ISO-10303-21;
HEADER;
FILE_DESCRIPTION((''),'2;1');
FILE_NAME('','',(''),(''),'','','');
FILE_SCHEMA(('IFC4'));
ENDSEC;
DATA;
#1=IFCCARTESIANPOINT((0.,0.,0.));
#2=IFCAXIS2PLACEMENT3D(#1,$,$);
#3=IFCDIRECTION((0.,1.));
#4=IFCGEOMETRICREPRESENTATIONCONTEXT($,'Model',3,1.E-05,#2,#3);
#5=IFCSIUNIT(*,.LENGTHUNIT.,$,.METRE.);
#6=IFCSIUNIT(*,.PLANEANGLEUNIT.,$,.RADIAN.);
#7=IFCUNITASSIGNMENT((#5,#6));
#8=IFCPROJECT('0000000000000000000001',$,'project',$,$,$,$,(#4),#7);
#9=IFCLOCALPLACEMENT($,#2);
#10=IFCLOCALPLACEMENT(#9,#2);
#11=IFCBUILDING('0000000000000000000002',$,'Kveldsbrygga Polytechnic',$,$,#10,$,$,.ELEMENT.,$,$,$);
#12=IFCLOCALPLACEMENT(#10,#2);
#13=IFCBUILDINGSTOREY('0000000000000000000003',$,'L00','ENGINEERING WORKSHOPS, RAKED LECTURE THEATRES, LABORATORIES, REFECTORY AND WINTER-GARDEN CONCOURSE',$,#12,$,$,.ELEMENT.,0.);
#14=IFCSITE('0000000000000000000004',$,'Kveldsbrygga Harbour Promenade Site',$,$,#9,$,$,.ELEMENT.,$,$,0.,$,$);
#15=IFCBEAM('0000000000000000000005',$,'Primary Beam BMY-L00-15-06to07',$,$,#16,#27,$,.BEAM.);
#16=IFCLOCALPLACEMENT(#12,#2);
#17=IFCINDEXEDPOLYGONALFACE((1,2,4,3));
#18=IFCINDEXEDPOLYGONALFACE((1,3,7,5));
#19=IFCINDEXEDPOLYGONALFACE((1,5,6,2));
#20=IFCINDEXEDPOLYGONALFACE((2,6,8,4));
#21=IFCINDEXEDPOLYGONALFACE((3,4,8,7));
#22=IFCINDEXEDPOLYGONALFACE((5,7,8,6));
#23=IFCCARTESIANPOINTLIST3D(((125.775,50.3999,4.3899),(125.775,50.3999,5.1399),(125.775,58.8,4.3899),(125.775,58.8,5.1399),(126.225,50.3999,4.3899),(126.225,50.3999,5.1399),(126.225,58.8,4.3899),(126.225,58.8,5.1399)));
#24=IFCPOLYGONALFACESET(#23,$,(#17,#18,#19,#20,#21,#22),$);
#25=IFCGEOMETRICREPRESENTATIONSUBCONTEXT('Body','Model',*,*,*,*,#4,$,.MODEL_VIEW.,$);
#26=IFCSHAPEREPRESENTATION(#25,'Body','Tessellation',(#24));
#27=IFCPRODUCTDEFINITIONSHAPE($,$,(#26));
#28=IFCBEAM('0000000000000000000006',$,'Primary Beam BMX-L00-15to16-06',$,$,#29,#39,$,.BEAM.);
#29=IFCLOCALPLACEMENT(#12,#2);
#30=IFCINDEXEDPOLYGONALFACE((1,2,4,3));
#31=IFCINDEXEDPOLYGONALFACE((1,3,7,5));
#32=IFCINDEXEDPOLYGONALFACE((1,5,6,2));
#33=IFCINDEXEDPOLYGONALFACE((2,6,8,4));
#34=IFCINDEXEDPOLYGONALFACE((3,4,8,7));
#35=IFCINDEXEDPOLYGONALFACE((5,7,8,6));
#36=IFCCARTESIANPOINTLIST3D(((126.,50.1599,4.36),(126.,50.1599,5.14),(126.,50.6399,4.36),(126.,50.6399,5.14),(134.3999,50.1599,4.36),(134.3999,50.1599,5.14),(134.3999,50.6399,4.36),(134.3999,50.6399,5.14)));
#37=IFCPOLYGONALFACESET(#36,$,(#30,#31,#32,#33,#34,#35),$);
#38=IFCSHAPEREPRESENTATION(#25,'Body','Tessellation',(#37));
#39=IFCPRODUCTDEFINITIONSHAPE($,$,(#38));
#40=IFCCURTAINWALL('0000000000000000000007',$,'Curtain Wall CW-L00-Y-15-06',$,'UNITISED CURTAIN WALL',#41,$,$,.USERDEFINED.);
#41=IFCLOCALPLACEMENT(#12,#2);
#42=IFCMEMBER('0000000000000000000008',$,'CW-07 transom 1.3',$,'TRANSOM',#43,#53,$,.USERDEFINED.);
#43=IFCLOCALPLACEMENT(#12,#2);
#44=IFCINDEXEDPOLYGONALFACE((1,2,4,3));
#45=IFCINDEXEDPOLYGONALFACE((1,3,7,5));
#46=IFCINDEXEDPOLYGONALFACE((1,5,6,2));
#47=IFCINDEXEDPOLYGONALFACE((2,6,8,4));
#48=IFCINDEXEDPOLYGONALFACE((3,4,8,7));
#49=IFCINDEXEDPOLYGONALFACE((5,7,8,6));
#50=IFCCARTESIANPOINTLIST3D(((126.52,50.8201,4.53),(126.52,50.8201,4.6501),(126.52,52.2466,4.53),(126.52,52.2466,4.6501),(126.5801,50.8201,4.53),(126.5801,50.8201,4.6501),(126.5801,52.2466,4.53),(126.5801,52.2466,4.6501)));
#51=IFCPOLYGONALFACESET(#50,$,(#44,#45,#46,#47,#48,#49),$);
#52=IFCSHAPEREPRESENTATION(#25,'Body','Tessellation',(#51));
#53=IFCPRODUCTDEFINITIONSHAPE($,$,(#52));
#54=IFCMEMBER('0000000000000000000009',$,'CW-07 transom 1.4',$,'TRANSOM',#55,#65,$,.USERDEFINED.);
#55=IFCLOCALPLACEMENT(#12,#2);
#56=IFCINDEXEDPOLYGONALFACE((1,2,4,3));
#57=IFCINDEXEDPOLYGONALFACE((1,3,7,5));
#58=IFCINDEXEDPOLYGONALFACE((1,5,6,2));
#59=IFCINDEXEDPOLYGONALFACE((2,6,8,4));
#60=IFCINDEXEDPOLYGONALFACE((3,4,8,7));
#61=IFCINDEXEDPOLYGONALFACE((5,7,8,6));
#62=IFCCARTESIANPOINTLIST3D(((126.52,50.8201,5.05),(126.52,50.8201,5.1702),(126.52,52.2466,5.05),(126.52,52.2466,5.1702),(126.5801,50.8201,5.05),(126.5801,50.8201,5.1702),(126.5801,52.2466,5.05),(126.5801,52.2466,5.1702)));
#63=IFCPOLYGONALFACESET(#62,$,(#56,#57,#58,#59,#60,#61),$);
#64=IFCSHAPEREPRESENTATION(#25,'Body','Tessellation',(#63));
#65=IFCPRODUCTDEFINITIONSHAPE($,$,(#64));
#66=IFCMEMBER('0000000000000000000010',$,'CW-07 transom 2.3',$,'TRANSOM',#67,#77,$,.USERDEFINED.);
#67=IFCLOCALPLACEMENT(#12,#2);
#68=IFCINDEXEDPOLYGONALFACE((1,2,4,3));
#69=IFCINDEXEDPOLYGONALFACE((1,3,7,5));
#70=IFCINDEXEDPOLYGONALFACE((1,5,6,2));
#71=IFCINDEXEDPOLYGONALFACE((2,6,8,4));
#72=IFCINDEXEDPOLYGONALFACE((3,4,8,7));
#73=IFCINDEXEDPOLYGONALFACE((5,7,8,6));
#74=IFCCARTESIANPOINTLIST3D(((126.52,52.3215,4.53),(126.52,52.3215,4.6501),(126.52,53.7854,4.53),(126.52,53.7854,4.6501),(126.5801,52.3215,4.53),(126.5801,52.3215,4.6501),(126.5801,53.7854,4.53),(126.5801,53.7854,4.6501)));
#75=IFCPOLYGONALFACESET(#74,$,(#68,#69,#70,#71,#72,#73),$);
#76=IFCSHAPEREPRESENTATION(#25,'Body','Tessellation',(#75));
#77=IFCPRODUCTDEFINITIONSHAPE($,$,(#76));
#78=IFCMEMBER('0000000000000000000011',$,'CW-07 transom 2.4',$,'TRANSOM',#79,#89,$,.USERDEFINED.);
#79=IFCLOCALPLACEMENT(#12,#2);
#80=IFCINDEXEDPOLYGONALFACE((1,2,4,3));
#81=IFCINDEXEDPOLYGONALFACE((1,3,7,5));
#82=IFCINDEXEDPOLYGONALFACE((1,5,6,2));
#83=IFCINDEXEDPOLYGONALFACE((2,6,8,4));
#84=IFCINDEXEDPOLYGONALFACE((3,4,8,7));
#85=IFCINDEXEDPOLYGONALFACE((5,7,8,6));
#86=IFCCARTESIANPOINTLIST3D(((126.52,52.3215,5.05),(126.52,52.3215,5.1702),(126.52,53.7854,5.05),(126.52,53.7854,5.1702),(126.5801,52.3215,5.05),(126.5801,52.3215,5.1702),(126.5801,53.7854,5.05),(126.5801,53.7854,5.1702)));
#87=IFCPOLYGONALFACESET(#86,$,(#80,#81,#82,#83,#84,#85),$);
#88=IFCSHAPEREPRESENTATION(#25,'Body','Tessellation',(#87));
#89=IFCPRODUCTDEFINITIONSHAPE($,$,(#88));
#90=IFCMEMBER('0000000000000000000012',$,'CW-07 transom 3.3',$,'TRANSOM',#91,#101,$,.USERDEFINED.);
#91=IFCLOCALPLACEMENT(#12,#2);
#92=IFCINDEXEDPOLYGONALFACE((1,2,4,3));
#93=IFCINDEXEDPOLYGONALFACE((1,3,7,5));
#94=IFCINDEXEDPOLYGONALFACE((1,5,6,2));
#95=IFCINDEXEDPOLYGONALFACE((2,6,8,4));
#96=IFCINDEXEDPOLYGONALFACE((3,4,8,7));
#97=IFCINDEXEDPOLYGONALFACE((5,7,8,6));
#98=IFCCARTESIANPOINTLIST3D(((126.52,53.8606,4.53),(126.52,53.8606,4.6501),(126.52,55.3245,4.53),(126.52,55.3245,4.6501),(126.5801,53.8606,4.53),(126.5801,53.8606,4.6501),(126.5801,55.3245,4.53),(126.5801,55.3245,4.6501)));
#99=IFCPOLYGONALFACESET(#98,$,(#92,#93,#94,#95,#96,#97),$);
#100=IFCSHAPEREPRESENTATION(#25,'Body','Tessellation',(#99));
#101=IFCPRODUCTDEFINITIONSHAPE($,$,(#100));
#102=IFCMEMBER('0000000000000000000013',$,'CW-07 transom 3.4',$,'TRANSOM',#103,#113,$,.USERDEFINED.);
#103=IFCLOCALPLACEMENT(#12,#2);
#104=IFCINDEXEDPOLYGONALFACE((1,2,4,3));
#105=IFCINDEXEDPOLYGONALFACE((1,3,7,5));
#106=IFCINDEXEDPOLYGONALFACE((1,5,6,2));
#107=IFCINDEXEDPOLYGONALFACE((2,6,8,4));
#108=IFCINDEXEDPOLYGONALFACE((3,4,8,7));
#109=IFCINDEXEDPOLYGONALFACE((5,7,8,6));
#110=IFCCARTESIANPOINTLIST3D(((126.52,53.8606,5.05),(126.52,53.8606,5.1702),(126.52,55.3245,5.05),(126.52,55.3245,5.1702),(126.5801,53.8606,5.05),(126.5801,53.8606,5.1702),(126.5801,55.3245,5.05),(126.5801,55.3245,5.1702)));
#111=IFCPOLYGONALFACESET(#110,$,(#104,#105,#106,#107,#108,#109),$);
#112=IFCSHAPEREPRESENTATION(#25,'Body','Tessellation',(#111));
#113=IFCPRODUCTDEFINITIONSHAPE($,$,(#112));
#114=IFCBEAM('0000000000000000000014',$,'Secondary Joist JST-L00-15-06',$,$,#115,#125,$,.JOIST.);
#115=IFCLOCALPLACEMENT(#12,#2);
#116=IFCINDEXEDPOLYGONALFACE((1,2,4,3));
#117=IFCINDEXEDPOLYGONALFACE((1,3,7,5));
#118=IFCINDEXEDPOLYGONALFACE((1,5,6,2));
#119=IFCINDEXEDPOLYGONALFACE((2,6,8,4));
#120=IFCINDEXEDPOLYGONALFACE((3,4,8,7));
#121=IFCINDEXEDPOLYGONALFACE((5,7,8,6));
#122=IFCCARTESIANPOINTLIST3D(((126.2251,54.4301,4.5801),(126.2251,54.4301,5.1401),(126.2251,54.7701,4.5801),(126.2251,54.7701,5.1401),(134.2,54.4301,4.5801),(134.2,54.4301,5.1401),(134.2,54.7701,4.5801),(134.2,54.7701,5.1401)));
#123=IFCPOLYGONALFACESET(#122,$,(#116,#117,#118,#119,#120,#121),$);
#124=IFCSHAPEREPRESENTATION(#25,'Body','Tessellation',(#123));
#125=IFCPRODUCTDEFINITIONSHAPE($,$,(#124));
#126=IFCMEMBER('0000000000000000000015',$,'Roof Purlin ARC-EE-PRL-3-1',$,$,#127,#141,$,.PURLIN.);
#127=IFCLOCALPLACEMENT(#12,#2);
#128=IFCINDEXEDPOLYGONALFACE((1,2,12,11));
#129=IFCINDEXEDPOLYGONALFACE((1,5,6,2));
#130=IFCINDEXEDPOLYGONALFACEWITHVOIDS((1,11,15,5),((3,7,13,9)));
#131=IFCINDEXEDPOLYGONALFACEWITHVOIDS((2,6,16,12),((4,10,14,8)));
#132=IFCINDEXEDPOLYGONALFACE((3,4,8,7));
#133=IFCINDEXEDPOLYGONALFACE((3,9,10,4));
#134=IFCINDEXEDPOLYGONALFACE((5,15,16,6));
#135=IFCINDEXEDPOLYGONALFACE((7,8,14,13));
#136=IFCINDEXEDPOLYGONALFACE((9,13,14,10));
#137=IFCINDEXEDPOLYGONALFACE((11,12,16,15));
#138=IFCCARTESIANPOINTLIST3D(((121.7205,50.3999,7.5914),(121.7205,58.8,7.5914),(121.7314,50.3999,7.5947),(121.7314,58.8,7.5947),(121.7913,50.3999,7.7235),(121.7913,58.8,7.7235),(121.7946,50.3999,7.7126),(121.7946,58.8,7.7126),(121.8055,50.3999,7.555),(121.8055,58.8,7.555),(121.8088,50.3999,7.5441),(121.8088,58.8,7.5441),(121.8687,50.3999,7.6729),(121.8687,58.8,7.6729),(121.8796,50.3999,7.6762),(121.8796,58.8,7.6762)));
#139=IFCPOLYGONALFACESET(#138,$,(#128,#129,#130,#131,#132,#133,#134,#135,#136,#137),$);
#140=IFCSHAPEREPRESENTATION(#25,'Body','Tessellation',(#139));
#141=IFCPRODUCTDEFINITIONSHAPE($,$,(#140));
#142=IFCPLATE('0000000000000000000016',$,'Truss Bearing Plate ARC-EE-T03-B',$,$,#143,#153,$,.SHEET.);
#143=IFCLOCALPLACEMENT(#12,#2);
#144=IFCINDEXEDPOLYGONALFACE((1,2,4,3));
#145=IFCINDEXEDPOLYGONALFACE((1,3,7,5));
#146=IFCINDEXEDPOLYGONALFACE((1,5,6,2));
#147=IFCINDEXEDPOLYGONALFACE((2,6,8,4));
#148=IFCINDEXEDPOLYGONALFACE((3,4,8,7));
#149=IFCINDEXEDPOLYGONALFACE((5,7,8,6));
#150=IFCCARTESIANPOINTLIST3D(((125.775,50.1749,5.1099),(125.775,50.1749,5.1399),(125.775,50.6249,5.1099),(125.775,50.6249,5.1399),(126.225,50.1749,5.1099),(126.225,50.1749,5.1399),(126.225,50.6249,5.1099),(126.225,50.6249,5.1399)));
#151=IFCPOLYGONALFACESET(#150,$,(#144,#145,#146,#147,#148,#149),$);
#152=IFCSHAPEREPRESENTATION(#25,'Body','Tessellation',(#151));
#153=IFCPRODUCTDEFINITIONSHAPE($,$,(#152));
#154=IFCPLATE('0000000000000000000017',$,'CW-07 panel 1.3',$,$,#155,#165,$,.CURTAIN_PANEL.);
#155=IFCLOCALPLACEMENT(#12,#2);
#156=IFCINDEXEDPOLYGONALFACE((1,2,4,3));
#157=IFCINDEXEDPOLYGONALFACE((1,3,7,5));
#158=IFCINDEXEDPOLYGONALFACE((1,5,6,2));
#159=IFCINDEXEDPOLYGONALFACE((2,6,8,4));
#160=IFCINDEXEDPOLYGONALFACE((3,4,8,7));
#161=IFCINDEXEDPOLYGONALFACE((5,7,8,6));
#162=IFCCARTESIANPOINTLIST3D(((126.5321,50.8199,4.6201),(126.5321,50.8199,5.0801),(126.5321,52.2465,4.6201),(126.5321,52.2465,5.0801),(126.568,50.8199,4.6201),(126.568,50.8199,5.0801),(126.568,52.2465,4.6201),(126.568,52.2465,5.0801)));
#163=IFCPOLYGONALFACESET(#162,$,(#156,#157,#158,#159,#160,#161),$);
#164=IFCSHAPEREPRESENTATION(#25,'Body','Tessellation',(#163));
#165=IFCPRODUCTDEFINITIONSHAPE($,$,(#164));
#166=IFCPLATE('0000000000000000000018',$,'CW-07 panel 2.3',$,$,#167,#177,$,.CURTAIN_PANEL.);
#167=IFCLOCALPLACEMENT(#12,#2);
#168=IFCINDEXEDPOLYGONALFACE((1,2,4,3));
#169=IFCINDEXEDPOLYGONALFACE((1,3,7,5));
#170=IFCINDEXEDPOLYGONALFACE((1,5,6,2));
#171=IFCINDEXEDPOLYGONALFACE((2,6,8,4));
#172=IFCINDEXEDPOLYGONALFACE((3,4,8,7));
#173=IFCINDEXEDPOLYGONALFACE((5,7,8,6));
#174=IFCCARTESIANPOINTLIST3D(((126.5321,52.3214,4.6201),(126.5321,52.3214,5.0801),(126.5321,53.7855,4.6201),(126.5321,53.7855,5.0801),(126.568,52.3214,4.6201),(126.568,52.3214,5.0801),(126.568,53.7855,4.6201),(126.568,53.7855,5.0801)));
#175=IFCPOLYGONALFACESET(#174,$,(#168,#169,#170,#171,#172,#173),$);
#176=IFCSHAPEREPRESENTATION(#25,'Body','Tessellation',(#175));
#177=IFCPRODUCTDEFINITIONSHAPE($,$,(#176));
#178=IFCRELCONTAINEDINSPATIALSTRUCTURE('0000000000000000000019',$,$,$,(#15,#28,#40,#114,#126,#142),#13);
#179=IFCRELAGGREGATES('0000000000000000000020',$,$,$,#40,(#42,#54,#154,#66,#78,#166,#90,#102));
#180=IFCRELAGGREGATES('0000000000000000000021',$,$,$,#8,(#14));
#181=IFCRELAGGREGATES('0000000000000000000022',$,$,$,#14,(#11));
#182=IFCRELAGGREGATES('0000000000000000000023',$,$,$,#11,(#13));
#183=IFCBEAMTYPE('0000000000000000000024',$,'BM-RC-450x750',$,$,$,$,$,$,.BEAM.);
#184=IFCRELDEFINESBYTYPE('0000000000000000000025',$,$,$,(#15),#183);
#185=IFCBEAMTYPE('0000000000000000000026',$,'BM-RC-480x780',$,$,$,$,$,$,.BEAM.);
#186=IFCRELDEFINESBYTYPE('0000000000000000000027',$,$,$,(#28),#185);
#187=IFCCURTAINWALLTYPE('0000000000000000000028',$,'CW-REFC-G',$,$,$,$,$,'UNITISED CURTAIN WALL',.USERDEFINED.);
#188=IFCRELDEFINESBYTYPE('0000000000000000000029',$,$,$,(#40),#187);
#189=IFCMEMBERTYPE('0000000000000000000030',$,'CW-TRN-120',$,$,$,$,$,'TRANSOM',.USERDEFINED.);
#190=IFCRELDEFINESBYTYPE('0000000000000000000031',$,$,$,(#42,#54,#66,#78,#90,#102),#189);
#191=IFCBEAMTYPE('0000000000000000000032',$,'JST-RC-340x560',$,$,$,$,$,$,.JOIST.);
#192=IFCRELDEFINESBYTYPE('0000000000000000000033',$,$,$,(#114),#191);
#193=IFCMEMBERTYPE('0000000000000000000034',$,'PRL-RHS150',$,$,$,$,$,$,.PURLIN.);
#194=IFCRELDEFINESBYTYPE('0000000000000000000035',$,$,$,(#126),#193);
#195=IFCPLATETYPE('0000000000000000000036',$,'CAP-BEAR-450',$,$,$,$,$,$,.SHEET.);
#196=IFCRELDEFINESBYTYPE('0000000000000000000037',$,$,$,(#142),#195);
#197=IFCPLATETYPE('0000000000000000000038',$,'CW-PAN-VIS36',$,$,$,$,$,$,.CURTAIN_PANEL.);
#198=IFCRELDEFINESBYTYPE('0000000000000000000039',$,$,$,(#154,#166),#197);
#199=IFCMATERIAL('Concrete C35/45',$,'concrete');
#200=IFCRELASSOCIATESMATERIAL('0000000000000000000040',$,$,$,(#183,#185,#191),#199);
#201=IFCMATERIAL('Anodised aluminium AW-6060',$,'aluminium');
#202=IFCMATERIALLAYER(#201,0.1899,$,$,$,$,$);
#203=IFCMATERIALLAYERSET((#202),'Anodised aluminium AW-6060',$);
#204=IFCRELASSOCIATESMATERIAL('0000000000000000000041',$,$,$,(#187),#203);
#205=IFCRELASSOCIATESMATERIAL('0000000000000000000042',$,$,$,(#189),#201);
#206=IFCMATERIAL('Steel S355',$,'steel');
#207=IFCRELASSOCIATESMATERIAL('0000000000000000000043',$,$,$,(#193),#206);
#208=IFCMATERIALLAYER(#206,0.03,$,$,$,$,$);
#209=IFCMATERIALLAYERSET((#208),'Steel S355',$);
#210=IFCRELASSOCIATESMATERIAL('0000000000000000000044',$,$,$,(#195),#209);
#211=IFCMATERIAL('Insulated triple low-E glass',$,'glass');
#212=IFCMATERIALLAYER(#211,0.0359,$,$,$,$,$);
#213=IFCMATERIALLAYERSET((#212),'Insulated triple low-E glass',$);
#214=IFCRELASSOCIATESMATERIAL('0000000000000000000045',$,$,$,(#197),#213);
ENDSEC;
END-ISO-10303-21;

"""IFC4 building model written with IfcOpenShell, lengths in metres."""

from ifc_helpers import new_model, si_unit, direction, frame, origin, origin_2d, place, context, subcontext, project, spatial, rectangle, hollow_rectangle, extrude, material, layer, layer_set, material_profile, profile_set, type_object, element, aggregate, save


model = new_model("IFC4")

# Units and contexts
model_context = context("Model", 3, precision=1e-05, world=origin(), true_north=direction((0.0, 1.0)))
body_context = subcontext(model_context, "Body", "Model", "MODEL_VIEW")
ifc_project = project(units=[si_unit("LENGTHUNIT", "METRE"), si_unit("PLANEANGLEUNIT", "RADIAN")], contexts=[model_context])

# Site, building, storey
site_placement = place(None, origin())
site = spatial("IfcSite", under=ifc_project, at=site_placement, Name="Kveldsbrygga Harbour Promenade Site", CompositionType="ELEMENT", RefElevation=0.0)
building_placement = place(site_placement, origin())
building = spatial("IfcBuilding", under=site, at=building_placement, Name="Kveldsbrygga Polytechnic", CompositionType="ELEMENT")
storey_placement = place(building_placement, origin())
storey = spatial("IfcBuildingStorey", under=building, at=storey_placement, Name="L00", Description="ENGINEERING WORKSHOPS, RAKED LECTURE THEATRES, LABORATORIES, REFECTORY AND WINTER-GARDEN CONCOURSE", CompositionType="ELEMENT", Elevation=0.0)

# Beams
ifc_material_1 = material(Name="Concrete C35/45", Category="concrete")
ifc_material_profile_1 = material_profile(ifc_material_1, rectangle(XDim=0.45, YDim=0.75, at=origin_2d()), Name="RC 450x750")
ifc_profile_set_1 = profile_set([ifc_material_profile_1], Name="Concrete C35/45")
beam_type_1 = type_object("IfcBeamType", Name="BM-RC-450x750", PredefinedType="BEAM", material=ifc_profile_set_1)
beam_1_placement = place(storey_placement, frame((126.0, 50.3999, 4.7649), z_axis=(0.0, 1.0, 0.0), x_axis=(-1.0, 0.0, 0.0)))
element("IfcBeam", 1, at=beam_1_placement, inside=storey, type_object=beam_type_1, Name="Primary Beam BMY-L00-15-06to07", PredefinedType="BEAM", context=body_context, shape_type="SweptSolid", body=[
    extrude(rectangle(XDim=0.45, YDim=0.75, at=origin_2d()), origin(), (0.0, 0.0, 1.0), 8.4001),
])
ifc_material_profile_2 = material_profile(ifc_material_1, rectangle(XDim=0.48, YDim=0.78, at=origin_2d()), Name="RC 480x780")
ifc_profile_set_2 = profile_set([ifc_material_profile_2], Name="Concrete C35/45")
beam_type_2 = type_object("IfcBeamType", Name="BM-RC-480x780", PredefinedType="BEAM", material=ifc_profile_set_2)
beam_2_placement = place(storey_placement, frame((126.0, 50.3999, 4.75), z_axis=(1.0, 0.0, 0.0), x_axis=(0.0, 1.0, 0.0)))
element("IfcBeam", 2, at=beam_2_placement, inside=storey, type_object=beam_type_2, Name="Primary Beam BMX-L00-15to16-06", PredefinedType="BEAM", context=body_context, shape_type="SweptSolid", body=[
    extrude(rectangle(XDim=0.48, YDim=0.78, at=origin_2d()), origin(), (0.0, 0.0, 1.0), 8.3999),
])

# Curtain wall, members
ifc_material_2 = material(Name="Anodised aluminium AW-6060", Category="aluminium")
ifc_layer_1 = layer(ifc_material_2, 0.1899)
ifc_layer_set_1 = layer_set([ifc_layer_1], Name="Anodised aluminium AW-6060")
curtain_wall_type = type_object("IfcCurtainWallType", Name="CW-REFC-G", ElementType="UNITISED CURTAIN WALL", PredefinedType="USERDEFINED", material=ifc_layer_set_1)
curtain_wall_placement = place(storey_placement, origin())
curtain_wall = element("IfcCurtainWall", 3, at=curtain_wall_placement, inside=storey, type_object=curtain_wall_type, Name="Curtain Wall CW-L00-Y-15-06", ObjectType="UNITISED CURTAIN WALL", PredefinedType="USERDEFINED")
ifc_material_profile_3 = material_profile(ifc_material_2, rectangle(XDim=0.0601, YDim=0.1201, at=origin_2d()), Name="ALU 60x120")
ifc_profile_set_3 = profile_set([ifc_material_profile_3], Name="Anodised aluminium AW-6060")
member_type_1 = type_object("IfcMemberType", Name="CW-TRN-120", ElementType="TRANSOM", PredefinedType="USERDEFINED", material=ifc_profile_set_3)
member_1_placement = place(storey_placement, frame((126.55, 50.8201, 4.5901), z_axis=(0.0, 1.0, 0.0), x_axis=(-1.0, 0.0, 0.0)))
member_1 = element("IfcMember", 4, at=member_1_placement, type_object=member_type_1, Name="CW-07 transom 1.3", ObjectType="TRANSOM", PredefinedType="USERDEFINED", context=body_context, shape_type="SweptSolid", body=[
    extrude(rectangle(XDim=0.0601, YDim=0.1201, at=origin_2d()), origin(), (0.0, 0.0, 1.0), 1.4265),
])
member_2_placement = place(storey_placement, frame((126.55, 50.8201, 5.1101), z_axis=(0.0, 1.0, 0.0), x_axis=(-1.0, 0.0, 0.0)))
member_2 = element("IfcMember", 5, at=member_2_placement, type_object=member_type_1, Name="CW-07 transom 1.4", ObjectType="TRANSOM", PredefinedType="USERDEFINED", context=body_context, shape_type="SweptSolid", body=[
    extrude(rectangle(XDim=0.0601, YDim=0.1201, at=origin_2d()), origin(), (0.0, 0.0, 1.0), 1.4265),
])
member_3_placement = place(storey_placement, frame((126.55, 52.3215, 4.5901), z_axis=(0.0, 1.0, 0.0), x_axis=(-1.0, 0.0, 0.0)))
member_3 = element("IfcMember", 6, at=member_3_placement, type_object=member_type_1, Name="CW-07 transom 2.3", ObjectType="TRANSOM", PredefinedType="USERDEFINED", context=body_context, shape_type="SweptSolid", body=[
    extrude(rectangle(XDim=0.0601, YDim=0.1201, at=origin_2d()), origin(), (0.0, 0.0, 1.0), 1.4639),
])
member_4_placement = place(storey_placement, frame((126.55, 52.3215, 5.1101), z_axis=(0.0, 1.0, 0.0), x_axis=(-1.0, 0.0, 0.0)))
member_4 = element("IfcMember", 7, at=member_4_placement, type_object=member_type_1, Name="CW-07 transom 2.4", ObjectType="TRANSOM", PredefinedType="USERDEFINED", context=body_context, shape_type="SweptSolid", body=[
    extrude(rectangle(XDim=0.0601, YDim=0.1201, at=origin_2d()), origin(), (0.0, 0.0, 1.0), 1.4639),
])
member_5_placement = place(storey_placement, frame((126.55, 53.8606, 4.5901), z_axis=(0.0, 1.0, 0.0), x_axis=(-1.0, 0.0, 0.0)))
member_5 = element("IfcMember", 8, at=member_5_placement, type_object=member_type_1, Name="CW-07 transom 3.3", ObjectType="TRANSOM", PredefinedType="USERDEFINED", context=body_context, shape_type="SweptSolid", body=[
    extrude(rectangle(XDim=0.0601, YDim=0.1201, at=origin_2d()), origin(), (0.0, 0.0, 1.0), 1.4639),
])
member_6_placement = place(storey_placement, frame((126.55, 53.8606, 5.1101), z_axis=(0.0, 1.0, 0.0), x_axis=(-1.0, 0.0, 0.0)))
member_6 = element("IfcMember", 9, at=member_6_placement, type_object=member_type_1, Name="CW-07 transom 3.4", ObjectType="TRANSOM", PredefinedType="USERDEFINED", context=body_context, shape_type="SweptSolid", body=[
    extrude(rectangle(XDim=0.0601, YDim=0.1201, at=origin_2d()), origin(), (0.0, 0.0, 1.0), 1.4639),
])

# Beam
ifc_material_profile_4 = material_profile(ifc_material_1, rectangle(XDim=0.3401, YDim=0.5601, at=origin_2d()), Name="RC 340x560")
ifc_profile_set_4 = profile_set([ifc_material_profile_4], Name="Concrete C35/45")
beam_type_3 = type_object("IfcBeamType", Name="JST-RC-340x560", PredefinedType="JOIST", material=ifc_profile_set_4)
beam_3_placement = place(storey_placement, frame((126.2251, 54.6001, 4.8601), z_axis=(1.0, 0.0, 0.0), x_axis=(0.0, 1.0, 0.0)))
element("IfcBeam", 10, at=beam_3_placement, inside=storey, type_object=beam_type_3, Name="Secondary Joist JST-L00-15-06", PredefinedType="JOIST", context=body_context, shape_type="SweptSolid", body=[
    extrude(rectangle(XDim=0.3401, YDim=0.5601, at=origin_2d()), origin(), (0.0, 0.0, 1.0), 7.9749),
])

# Member
ifc_material_3 = material(Name="Steel S355", Category="steel")
ifc_material_profile_5 = material_profile(ifc_material_3, hollow_rectangle(XDim=0.1001, YDim=0.1499, WallThickness=0.0081, at=origin_2d()), Name="RHS 150x100x8.0")
ifc_profile_set_5 = profile_set([ifc_material_profile_5], Name="Steel S355")
member_type_2 = type_object("IfcMemberType", Name="PRL-RHS150", PredefinedType="PURLIN", material=ifc_profile_set_5)
member_7_placement = place(storey_placement, frame((121.8, 50.3999, 7.6338), z_axis=(0.0, 1.0, 0.0), x_axis=(-0.88148, 0.0, 0.472222)))
element("IfcMember", 11, at=member_7_placement, inside=storey, type_object=member_type_2, Name="Roof Purlin ARC-EE-PRL-3-1", PredefinedType="PURLIN", context=body_context, shape_type="SweptSolid", body=[
    extrude(hollow_rectangle(XDim=0.1001, YDim=0.1499, WallThickness=0.0081, at=origin_2d()), origin(), (0.0, 0.0, 1.0), 8.4001),
])

# Plates
ifc_layer_2 = layer(ifc_material_3, 0.03)
ifc_layer_set_2 = layer_set([ifc_layer_2], Name="Steel S355")
plate_type_1 = type_object("IfcPlateType", Name="CAP-BEAR-450", PredefinedType="SHEET", material=ifc_layer_set_2)
plate_1_placement = place(storey_placement, frame((126.0, 50.3999, 5.1099), z_axis=(0.0, 0.0, 1.0), x_axis=(1.0, 0.0, 0.0)))
element("IfcPlate", 12, at=plate_1_placement, inside=storey, type_object=plate_type_1, Name="Truss Bearing Plate ARC-EE-T03-B", PredefinedType="SHEET", context=body_context, shape_type="SweptSolid", body=[
    extrude(rectangle(XDim=0.45, YDim=0.45, at=origin_2d()), origin(), (0.0, 0.0, 1.0), 0.03),
])
ifc_material_4 = material(Name="Insulated triple low-E glass", Category="glass")
ifc_layer_3 = layer(ifc_material_4, 0.0359)
ifc_layer_set_3 = layer_set([ifc_layer_3], Name="Insulated triple low-E glass")
plate_type_2 = type_object("IfcPlateType", Name="CW-PAN-VIS36", PredefinedType="CURTAIN_PANEL", material=ifc_layer_set_3)
plate_2_placement = place(storey_placement, frame((126.55, 51.5332, 4.6201), z_axis=(0.0, 0.0, 1.0), x_axis=(0.0, 1.0, 0.0)))
plate_2 = element("IfcPlate", 13, at=plate_2_placement, type_object=plate_type_2, Name="CW-07 panel 1.3", PredefinedType="CURTAIN_PANEL", context=body_context, shape_type="SweptSolid", body=[
    extrude(rectangle(XDim=1.4265, YDim=0.0359, at=origin_2d()), origin(), (0.0, 0.0, 1.0), 0.46),
])
plate_3_placement = place(storey_placement, frame((126.55, 53.0535, 4.6201), z_axis=(0.0, 0.0, 1.0), x_axis=(0.0, 1.0, 0.0)))
plate_3 = element("IfcPlate", 14, at=plate_3_placement, type_object=plate_type_2, Name="CW-07 panel 2.3", PredefinedType="CURTAIN_PANEL", context=body_context, shape_type="SweptSolid", body=[
    extrude(rectangle(XDim=1.4641, YDim=0.0359, at=origin_2d()), origin(), (0.0, 0.0, 1.0), 0.46),
])
aggregate(curtain_wall, [member_1, member_2, plate_2, member_3, member_4, plate_3, member_5, member_6])

save(model, "model.ifc")
